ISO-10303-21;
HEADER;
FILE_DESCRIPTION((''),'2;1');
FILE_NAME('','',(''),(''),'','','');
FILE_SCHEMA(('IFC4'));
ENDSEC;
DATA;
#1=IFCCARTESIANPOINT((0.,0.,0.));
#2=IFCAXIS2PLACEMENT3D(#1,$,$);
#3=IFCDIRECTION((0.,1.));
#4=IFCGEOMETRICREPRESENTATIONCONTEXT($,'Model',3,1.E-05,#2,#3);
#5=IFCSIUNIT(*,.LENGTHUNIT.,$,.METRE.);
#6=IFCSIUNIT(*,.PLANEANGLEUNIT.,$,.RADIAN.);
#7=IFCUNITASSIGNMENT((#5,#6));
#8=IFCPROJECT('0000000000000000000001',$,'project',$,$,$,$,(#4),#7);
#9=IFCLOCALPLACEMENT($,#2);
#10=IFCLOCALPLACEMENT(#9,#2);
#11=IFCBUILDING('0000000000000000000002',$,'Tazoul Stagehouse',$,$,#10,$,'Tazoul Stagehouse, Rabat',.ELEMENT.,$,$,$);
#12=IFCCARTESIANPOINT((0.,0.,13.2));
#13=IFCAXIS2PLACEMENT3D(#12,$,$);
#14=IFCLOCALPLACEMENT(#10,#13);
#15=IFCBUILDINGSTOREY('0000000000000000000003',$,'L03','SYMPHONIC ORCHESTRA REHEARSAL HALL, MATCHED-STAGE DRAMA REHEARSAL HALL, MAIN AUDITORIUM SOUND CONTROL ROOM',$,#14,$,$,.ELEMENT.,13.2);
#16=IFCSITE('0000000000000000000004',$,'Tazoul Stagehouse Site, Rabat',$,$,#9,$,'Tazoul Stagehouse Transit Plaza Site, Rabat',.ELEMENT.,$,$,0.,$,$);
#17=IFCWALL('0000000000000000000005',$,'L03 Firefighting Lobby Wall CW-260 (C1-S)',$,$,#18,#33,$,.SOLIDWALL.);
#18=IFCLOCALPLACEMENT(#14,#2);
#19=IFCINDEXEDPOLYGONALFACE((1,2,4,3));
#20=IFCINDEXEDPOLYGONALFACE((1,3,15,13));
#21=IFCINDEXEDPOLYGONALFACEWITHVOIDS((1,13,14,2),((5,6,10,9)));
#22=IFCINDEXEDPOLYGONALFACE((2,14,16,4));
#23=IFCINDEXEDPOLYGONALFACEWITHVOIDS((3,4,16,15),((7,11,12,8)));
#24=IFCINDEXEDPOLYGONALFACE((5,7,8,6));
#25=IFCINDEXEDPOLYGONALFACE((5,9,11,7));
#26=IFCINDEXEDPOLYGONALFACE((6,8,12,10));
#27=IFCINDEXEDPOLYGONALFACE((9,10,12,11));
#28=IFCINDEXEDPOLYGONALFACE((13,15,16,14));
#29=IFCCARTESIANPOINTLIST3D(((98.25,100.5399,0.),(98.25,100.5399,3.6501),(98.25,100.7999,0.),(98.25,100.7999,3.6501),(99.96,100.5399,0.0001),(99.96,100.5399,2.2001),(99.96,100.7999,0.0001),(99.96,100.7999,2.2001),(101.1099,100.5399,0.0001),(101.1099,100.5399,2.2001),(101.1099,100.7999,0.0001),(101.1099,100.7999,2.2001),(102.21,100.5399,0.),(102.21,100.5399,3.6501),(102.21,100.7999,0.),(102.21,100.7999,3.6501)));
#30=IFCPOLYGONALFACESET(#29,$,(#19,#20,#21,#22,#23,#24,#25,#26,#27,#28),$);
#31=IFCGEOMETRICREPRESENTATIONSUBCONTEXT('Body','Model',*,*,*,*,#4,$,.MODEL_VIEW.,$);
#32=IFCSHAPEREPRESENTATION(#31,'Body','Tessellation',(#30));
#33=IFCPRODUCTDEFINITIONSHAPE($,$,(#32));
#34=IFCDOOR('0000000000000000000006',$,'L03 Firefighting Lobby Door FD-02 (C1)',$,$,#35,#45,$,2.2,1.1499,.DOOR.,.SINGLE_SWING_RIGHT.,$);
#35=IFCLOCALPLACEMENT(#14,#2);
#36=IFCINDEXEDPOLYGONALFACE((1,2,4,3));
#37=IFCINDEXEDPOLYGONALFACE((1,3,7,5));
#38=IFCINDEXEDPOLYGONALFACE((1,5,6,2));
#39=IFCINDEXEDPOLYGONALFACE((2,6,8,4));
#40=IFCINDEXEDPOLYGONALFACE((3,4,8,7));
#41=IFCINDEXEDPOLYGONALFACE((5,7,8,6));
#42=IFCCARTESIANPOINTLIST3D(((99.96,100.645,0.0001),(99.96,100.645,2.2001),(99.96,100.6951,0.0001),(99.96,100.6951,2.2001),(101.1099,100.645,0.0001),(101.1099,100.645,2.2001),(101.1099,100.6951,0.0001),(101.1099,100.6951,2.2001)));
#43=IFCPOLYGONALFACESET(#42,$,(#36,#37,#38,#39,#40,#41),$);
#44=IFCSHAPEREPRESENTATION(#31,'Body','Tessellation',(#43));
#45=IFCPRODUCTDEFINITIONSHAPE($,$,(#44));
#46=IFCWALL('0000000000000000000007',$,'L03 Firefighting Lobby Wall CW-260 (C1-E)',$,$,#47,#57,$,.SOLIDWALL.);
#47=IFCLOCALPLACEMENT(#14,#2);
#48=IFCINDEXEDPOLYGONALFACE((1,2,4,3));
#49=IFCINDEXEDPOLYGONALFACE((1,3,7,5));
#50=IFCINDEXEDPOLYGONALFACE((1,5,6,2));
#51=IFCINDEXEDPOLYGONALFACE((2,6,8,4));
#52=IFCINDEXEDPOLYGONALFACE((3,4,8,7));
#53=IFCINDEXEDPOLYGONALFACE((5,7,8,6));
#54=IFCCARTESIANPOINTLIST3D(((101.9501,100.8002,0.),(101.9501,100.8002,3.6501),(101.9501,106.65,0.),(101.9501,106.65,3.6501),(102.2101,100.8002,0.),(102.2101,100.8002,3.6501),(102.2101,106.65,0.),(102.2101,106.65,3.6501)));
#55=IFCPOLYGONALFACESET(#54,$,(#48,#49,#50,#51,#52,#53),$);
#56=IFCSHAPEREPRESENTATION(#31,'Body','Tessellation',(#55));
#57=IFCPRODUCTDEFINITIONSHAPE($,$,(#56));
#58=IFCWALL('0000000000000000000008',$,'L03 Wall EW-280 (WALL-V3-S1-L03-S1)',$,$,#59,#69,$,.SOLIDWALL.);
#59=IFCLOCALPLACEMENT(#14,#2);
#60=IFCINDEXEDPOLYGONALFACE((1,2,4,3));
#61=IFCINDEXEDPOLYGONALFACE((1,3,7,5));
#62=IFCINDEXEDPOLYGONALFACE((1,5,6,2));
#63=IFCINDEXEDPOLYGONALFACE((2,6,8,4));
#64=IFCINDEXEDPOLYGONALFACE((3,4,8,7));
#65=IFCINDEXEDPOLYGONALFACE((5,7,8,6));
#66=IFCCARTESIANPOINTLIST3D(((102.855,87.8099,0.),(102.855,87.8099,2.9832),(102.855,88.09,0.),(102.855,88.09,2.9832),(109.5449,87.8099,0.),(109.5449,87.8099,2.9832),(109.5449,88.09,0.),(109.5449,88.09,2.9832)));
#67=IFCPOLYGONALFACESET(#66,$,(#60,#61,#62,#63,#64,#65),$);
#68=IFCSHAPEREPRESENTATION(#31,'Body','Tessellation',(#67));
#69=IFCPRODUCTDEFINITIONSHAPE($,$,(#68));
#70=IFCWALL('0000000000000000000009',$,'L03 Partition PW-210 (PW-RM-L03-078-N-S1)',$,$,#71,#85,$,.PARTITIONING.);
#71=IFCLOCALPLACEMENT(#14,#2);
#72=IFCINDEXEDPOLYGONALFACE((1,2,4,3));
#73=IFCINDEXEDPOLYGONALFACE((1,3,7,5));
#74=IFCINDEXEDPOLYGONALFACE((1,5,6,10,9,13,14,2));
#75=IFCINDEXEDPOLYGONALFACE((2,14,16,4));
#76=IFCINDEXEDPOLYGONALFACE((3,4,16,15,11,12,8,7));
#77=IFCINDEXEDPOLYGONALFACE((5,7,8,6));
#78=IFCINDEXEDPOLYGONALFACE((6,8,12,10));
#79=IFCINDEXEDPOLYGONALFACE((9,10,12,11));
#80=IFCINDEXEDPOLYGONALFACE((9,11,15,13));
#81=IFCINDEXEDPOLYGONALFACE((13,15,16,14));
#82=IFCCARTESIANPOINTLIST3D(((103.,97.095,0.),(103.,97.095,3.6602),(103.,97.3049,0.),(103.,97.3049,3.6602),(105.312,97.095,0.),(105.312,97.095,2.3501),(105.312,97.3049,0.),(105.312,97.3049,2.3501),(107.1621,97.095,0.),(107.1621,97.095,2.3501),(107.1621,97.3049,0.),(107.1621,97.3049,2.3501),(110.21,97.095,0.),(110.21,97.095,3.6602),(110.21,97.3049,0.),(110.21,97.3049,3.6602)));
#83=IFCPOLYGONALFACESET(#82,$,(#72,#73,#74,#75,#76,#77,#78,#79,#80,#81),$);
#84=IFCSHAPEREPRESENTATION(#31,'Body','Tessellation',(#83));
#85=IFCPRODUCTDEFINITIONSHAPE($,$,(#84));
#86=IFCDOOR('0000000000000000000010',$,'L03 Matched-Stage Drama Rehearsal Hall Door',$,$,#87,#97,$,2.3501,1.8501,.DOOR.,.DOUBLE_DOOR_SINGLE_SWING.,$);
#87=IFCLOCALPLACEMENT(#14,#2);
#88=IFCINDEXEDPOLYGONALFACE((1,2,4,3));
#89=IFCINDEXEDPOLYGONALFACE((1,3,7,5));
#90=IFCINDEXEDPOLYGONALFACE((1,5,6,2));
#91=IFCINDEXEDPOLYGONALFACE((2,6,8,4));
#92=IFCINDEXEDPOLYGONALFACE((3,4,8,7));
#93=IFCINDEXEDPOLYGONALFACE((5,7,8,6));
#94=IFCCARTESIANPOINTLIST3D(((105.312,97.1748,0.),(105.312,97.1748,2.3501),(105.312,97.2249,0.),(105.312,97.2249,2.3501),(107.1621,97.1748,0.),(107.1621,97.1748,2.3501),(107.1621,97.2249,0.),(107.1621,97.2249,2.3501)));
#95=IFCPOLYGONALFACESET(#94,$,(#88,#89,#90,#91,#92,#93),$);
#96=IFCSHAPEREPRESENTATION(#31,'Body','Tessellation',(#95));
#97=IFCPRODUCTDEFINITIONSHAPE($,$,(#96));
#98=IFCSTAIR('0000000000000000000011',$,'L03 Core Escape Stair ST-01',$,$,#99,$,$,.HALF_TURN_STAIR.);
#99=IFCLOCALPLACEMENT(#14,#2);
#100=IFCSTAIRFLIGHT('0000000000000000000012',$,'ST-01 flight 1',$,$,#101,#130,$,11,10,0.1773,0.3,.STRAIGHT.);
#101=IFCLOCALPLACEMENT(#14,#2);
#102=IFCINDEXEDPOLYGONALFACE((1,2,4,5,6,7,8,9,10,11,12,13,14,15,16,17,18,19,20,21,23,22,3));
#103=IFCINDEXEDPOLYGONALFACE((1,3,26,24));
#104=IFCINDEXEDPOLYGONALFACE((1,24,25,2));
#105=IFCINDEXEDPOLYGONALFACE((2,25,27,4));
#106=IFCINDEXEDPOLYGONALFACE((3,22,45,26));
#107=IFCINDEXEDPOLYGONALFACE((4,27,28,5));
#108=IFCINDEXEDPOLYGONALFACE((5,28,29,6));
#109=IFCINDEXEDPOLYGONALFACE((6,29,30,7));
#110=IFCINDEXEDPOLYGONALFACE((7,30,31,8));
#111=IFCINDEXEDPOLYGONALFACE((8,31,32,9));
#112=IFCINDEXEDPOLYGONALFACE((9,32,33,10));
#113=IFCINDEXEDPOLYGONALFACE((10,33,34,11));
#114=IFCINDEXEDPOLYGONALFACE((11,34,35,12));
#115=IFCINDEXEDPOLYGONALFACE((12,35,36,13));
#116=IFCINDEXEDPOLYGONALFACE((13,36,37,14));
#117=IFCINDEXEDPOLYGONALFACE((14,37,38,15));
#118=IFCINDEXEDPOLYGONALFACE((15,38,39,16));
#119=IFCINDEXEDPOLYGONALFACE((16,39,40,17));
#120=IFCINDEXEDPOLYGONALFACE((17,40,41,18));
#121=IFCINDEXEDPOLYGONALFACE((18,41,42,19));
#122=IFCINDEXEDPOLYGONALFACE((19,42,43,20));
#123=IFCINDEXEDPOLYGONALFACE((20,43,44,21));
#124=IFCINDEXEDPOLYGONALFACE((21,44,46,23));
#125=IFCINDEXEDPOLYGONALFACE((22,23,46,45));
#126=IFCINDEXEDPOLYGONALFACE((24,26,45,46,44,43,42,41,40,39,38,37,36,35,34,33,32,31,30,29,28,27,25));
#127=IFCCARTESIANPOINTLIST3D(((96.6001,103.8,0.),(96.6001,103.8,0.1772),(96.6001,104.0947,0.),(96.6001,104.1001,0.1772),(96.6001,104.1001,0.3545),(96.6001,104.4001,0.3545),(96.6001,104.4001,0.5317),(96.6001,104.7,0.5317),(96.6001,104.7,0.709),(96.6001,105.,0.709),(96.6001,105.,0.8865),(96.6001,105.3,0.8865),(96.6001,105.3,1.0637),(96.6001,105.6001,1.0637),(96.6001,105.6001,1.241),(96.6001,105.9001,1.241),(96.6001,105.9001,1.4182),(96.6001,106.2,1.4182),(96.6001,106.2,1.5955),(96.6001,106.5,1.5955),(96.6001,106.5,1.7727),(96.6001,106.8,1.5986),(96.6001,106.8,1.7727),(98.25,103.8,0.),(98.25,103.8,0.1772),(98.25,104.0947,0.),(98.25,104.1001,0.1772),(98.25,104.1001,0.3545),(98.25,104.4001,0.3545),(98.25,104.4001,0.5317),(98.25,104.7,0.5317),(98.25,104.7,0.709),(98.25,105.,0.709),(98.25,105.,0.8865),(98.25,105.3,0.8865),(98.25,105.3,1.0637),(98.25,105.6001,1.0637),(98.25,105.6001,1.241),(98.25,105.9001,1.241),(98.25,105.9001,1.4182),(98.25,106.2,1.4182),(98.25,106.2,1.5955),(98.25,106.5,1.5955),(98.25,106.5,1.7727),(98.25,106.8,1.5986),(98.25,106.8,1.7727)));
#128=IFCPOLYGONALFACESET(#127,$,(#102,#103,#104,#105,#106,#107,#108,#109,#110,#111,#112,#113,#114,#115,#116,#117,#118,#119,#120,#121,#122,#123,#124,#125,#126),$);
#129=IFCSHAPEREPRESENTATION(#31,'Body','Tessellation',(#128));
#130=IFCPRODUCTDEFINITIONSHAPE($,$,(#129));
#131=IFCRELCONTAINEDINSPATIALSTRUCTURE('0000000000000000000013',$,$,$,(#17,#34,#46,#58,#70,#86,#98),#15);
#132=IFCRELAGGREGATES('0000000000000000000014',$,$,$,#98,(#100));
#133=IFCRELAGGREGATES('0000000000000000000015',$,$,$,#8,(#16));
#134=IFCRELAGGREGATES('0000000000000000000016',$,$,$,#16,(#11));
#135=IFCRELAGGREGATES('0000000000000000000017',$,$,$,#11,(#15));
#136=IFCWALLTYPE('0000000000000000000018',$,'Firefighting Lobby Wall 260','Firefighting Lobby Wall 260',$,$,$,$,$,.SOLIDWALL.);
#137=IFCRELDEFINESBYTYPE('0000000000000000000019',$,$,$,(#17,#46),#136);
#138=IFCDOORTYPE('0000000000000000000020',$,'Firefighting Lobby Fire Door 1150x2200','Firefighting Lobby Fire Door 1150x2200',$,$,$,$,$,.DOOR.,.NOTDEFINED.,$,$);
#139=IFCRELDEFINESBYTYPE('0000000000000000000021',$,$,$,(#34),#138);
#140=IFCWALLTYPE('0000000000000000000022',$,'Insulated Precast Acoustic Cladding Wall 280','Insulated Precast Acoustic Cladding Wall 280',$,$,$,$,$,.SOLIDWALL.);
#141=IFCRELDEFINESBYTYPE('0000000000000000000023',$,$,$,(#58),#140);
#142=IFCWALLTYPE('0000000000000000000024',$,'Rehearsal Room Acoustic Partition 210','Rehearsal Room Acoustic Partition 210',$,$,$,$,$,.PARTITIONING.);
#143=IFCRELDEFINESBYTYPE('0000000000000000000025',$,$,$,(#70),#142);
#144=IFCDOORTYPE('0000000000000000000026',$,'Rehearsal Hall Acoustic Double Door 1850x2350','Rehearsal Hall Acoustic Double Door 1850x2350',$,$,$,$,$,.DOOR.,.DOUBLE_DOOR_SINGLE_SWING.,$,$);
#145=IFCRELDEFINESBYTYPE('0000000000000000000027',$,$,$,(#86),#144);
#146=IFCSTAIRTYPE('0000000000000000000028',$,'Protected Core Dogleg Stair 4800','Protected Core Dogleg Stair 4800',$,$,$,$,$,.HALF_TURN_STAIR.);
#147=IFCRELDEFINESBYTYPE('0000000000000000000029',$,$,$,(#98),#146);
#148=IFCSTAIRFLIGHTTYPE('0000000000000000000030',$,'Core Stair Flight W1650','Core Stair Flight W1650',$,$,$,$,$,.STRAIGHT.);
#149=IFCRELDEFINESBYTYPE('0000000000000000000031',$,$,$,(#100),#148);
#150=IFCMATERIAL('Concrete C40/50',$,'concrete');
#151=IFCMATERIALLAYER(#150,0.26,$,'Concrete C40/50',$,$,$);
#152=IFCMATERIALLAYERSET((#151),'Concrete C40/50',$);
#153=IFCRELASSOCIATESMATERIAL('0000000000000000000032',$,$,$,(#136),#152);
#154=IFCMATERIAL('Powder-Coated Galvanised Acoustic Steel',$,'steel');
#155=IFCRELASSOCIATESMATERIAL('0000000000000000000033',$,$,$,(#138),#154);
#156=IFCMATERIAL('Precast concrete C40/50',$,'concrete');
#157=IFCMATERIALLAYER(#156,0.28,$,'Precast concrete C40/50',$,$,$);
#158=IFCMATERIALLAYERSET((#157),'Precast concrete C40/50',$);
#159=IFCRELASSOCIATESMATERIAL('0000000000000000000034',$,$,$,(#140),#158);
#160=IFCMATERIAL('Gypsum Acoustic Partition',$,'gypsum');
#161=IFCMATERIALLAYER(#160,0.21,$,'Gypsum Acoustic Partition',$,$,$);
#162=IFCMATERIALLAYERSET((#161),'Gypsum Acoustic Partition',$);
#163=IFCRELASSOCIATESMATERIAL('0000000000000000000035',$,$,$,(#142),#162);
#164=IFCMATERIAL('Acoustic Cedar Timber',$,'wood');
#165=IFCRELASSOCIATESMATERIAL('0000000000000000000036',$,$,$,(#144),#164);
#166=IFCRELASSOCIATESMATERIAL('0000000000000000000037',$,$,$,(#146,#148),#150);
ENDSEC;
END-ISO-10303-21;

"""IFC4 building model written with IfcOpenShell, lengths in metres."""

from ifc_helpers import new_model, si_unit, direction, frame, frame_2d, origin, place, context, subcontext, project, spatial, polyline, rectangle, outline, extrude, material, layer, layer_set, type_object, element, fill, aggregate, save


model = new_model("IFC4")

# Units and contexts
model_context = context("Model", 3, precision=1e-05, world=origin(), true_north=direction((0.0, 1.0)))
body_context = subcontext(model_context, "Body", "Model", "MODEL_VIEW")
ifc_project = project(units=[si_unit("LENGTHUNIT", "METRE"), si_unit("PLANEANGLEUNIT", "RADIAN")], contexts=[model_context])

# Site, building, storey
site_placement = place(None, origin())
site = spatial("IfcSite", under=ifc_project, at=site_placement, Name="Tazoul Stagehouse Site, Rabat", LongName="Tazoul Stagehouse Transit Plaza Site, Rabat", CompositionType="ELEMENT", RefElevation=0.0)
building_placement = place(site_placement, origin())
building = spatial("IfcBuilding", under=site, at=building_placement, Name="Tazoul Stagehouse", LongName="Tazoul Stagehouse, Rabat", CompositionType="ELEMENT")
storey_placement = place(building_placement, frame((0.0, 0.0, 13.2)))
storey = spatial("IfcBuildingStorey", under=building, at=storey_placement, Name="L03", Description="SYMPHONIC ORCHESTRA REHEARSAL HALL, MATCHED-STAGE DRAMA REHEARSAL HALL, MAIN AUDITORIUM SOUND CONTROL ROOM", CompositionType="ELEMENT", Elevation=13.2)

# Shared definitions
ifc_material_1 = material(Name="Concrete C40/50", Category="concrete")

# Wall, opening, door
ifc_layer_1 = layer(ifc_material_1, 0.26, Name="Concrete C40/50")
ifc_layer_set_1 = layer_set([ifc_layer_1], Name="Concrete C40/50")
wall_type_1 = type_object("IfcWallType", Name="Firefighting Lobby Wall 260", Description="Firefighting Lobby Wall 260", PredefinedType="SOLIDWALL", material=ifc_layer_set_1)
wall_1_placement = place(storey_placement, frame((102.21, 100.6699, 0.0), z_axis=(0.0, 0.0, 1.0), x_axis=(-1.0, 0.0, 0.0)))
wall_1 = element("IfcWall", 1, at=wall_1_placement, inside=storey, type_object=wall_type_1, Name="L03 Firefighting Lobby Wall CW-260 (C1-S)", PredefinedType="SOLIDWALL", context=body_context, shape_type="SweptSolid", body=[
    extrude(rectangle(XDim=3.96, YDim=0.26, at=frame_2d((1.98, 0.0))), origin(), (0.0, 0.0, 1.0), 3.6501),
])
opening_1_placement = place(wall_1_placement, frame((1.1001, 0.0, 0.0)))
opening_1 = element("IfcOpeningElement", 2, at=opening_1_placement, cuts=wall_1, PredefinedType="OPENING", context=body_context, shape_type="SweptSolid", body=[
    extrude(rectangle(XDim=1.1499, YDim=2.2, at=frame_2d((0.575, 1.1001))), frame((0.0, 0.1499, 0.0), z_axis=(0.0, -1.0, 0.0), x_axis=(1.0, 0.0, 0.0)), (0.0, 0.0, 1.0), 0.3),
])
ifc_material_2 = material(Name="Powder-Coated Galvanised Acoustic Steel", Category="steel")
door_type_1 = type_object("IfcDoorType", Name="Firefighting Lobby Fire Door 1150x2200", Description="Firefighting Lobby Fire Door 1150x2200", OperationType="NOTDEFINED", PredefinedType="DOOR", material=ifc_material_2)
door_1_placement = place(opening_1_placement, origin())
door_1 = element("IfcDoor", 3, at=door_1_placement, inside=storey, type_object=door_type_1, Name="L03 Firefighting Lobby Door FD-02 (C1)", OperationType="SINGLE_SWING_RIGHT", OverallHeight=2.2, OverallWidth=1.1499, PredefinedType="DOOR", context=body_context, shape_type="SweptSolid", body=[
    extrude(rectangle(XDim=1.1499, YDim=2.2, at=frame_2d((0.575, 1.1001))), frame((0.0, 0.0249, 0.0), z_axis=(0.0, -1.0, 0.0), x_axis=(1.0, 0.0, 0.0)), (0.0, 0.0, 1.0), 0.05),
])
fill(opening_1, door_1)

# Walls
wall_2_placement = place(storey_placement, frame((102.0801, 106.6499, 0.0), z_axis=(0.0, 0.0, 1.0), x_axis=(0.0, -1.0, 0.0)))
element("IfcWall", 4, at=wall_2_placement, inside=storey, type_object=wall_type_1, Name="L03 Firefighting Lobby Wall CW-260 (C1-E)", PredefinedType="SOLIDWALL", context=body_context, shape_type="SweptSolid", body=[
    extrude(rectangle(XDim=5.8499, YDim=0.26, at=frame_2d((2.9248, 0.0))), origin(), (0.0, 0.0, 1.0), 3.6501),
])
ifc_material_3 = material(Name="Precast concrete C40/50", Category="concrete")
ifc_layer_2 = layer(ifc_material_3, 0.28, Name="Precast concrete C40/50")
ifc_layer_set_2 = layer_set([ifc_layer_2], Name="Precast concrete C40/50")
wall_type_2 = type_object("IfcWallType", Name="Insulated Precast Acoustic Cladding Wall 280", Description="Insulated Precast Acoustic Cladding Wall 280", PredefinedType="SOLIDWALL", material=ifc_layer_set_2)
wall_3_placement = place(storey_placement, frame((102.855, 87.95, 0.0), z_axis=(0.0, 0.0, 1.0), x_axis=(1.0, 0.0, 0.0)))
element("IfcWall", 5, at=wall_3_placement, inside=storey, type_object=wall_type_2, Name="L03 Wall EW-280 (WALL-V3-S1-L03-S1)", PredefinedType="SOLIDWALL", context=body_context, shape_type="SweptSolid", body=[
    extrude(rectangle(XDim=6.6899, YDim=0.28, at=frame_2d((3.345, 0.0))), origin(), (0.0, 0.0, 1.0), 2.9832),
])

# Wall, opening, door
ifc_material_4 = material(Name="Gypsum Acoustic Partition", Category="gypsum")
ifc_layer_3 = layer(ifc_material_4, 0.21, Name="Gypsum Acoustic Partition")
ifc_layer_set_3 = layer_set([ifc_layer_3], Name="Gypsum Acoustic Partition")
wall_type_3 = type_object("IfcWallType", Name="Rehearsal Room Acoustic Partition 210", Description="Rehearsal Room Acoustic Partition 210", PredefinedType="PARTITIONING", material=ifc_layer_set_3)
wall_4_placement = place(storey_placement, frame((103.0, 97.2, 0.0), z_axis=(0.0, 0.0, 1.0), x_axis=(1.0, 0.0, 0.0)))
wall_4 = element("IfcWall", 6, at=wall_4_placement, inside=storey, type_object=wall_type_3, Name="L03 Partition PW-210 (PW-RM-L03-078-N-S1)", PredefinedType="PARTITIONING", context=body_context, shape_type="SweptSolid", body=[
    extrude(rectangle(XDim=7.21, YDim=0.21, at=frame_2d((3.605, 0.0))), origin(), (0.0, 0.0, 1.0), 3.6602),
])
opening_2_placement = place(wall_4_placement, frame((2.312, 0.0, 0.0)))
opening_2 = element("IfcOpeningElement", 7, at=opening_2_placement, cuts=wall_4, PredefinedType="OPENING", context=body_context, shape_type="SweptSolid", body=[
    extrude(rectangle(XDim=1.8501, YDim=2.3501, at=frame_2d((0.925, 1.175))), frame((0.0, 0.125, 0.0), z_axis=(0.0, -1.0, 0.0), x_axis=(1.0, 0.0, 0.0)), (0.0, 0.0, 1.0), 0.25),
])
ifc_material_5 = material(Name="Acoustic Cedar Timber", Category="wood")
door_type_2 = type_object("IfcDoorType", Name="Rehearsal Hall Acoustic Double Door 1850x2350", Description="Rehearsal Hall Acoustic Double Door 1850x2350", OperationType="DOUBLE_DOOR_SINGLE_SWING", PredefinedType="DOOR", material=ifc_material_5)
door_2_placement = place(opening_2_placement, origin())
door_2 = element("IfcDoor", 8, at=door_2_placement, inside=storey, type_object=door_type_2, Name="L03 Matched-Stage Drama Rehearsal Hall Door", OperationType="DOUBLE_DOOR_SINGLE_SWING", OverallHeight=2.3501, OverallWidth=1.8501, PredefinedType="DOOR", context=body_context, shape_type="SweptSolid", body=[
    extrude(rectangle(XDim=1.8501, YDim=2.3501, at=frame_2d((0.925, 1.175))), frame((0.0, 0.0249, 0.0), z_axis=(0.0, -1.0, 0.0), x_axis=(1.0, 0.0, 0.0)), (0.0, 0.0, 1.0), 0.05),
])
fill(opening_2, door_2)

# Stair, stair flight
stair_type = type_object("IfcStairType", Name="Protected Core Dogleg Stair 4800", Description="Protected Core Dogleg Stair 4800", PredefinedType="HALF_TURN_STAIR", material=ifc_material_1)
stair_placement = place(storey_placement, origin())
stair = element("IfcStair", 9, at=stair_placement, inside=storey, type_object=stair_type, Name="L03 Core Escape Stair ST-01", PredefinedType="HALF_TURN_STAIR")
stair_flight_type = type_object("IfcStairFlightType", Name="Core Stair Flight W1650", Description="Core Stair Flight W1650", PredefinedType="STRAIGHT", material=ifc_material_1)
stair_flight_placement = place(storey_placement, frame((97.425, 103.8, 0.0), z_axis=(0.0, 0.0, 1.0), x_axis=(0.0, 1.0, 0.0)))
stair_flight = element("IfcStairFlight", 10, at=stair_flight_placement, type_object=stair_flight_type, Name="ST-01 flight 1", NumberOfRisers=11, NumberOfTreads=10, PredefinedType="STRAIGHT", RiserHeight=0.1773, TreadLength=0.3, context=body_context, shape_type="SweptSolid", body=[
    extrude(outline(polyline([(0.0, 0.0), (0.0, 0.1772), (0.3, 0.1772), (0.3, 0.3545), (0.6001, 0.3545), (0.6001, 0.5317), (0.8999, 0.5317), (0.8999, 0.709), (1.2, 0.709), (1.2, 0.8865), (1.5, 0.8865), (1.5, 1.0637), (1.8, 1.0637), (1.8, 1.241), (2.1001, 1.241), (2.1001, 1.4182), (2.3999, 1.4182), (2.3999, 1.5955), (2.7, 1.5955), (2.7, 1.7727), (3.0, 1.7727), (3.0, 1.95), (3.0, 1.5986), (0.2947, 0.0), (0.0, 0.0)])), frame((0.0, 0.825, 0.0), z_axis=(0.0, -1.0, 0.0), x_axis=(1.0, 0.0, 0.0)), (0.0, 0.0, 1.0), 1.6499),
])
aggregate(stair, [stair_flight])

save(model, "model.ifc")
